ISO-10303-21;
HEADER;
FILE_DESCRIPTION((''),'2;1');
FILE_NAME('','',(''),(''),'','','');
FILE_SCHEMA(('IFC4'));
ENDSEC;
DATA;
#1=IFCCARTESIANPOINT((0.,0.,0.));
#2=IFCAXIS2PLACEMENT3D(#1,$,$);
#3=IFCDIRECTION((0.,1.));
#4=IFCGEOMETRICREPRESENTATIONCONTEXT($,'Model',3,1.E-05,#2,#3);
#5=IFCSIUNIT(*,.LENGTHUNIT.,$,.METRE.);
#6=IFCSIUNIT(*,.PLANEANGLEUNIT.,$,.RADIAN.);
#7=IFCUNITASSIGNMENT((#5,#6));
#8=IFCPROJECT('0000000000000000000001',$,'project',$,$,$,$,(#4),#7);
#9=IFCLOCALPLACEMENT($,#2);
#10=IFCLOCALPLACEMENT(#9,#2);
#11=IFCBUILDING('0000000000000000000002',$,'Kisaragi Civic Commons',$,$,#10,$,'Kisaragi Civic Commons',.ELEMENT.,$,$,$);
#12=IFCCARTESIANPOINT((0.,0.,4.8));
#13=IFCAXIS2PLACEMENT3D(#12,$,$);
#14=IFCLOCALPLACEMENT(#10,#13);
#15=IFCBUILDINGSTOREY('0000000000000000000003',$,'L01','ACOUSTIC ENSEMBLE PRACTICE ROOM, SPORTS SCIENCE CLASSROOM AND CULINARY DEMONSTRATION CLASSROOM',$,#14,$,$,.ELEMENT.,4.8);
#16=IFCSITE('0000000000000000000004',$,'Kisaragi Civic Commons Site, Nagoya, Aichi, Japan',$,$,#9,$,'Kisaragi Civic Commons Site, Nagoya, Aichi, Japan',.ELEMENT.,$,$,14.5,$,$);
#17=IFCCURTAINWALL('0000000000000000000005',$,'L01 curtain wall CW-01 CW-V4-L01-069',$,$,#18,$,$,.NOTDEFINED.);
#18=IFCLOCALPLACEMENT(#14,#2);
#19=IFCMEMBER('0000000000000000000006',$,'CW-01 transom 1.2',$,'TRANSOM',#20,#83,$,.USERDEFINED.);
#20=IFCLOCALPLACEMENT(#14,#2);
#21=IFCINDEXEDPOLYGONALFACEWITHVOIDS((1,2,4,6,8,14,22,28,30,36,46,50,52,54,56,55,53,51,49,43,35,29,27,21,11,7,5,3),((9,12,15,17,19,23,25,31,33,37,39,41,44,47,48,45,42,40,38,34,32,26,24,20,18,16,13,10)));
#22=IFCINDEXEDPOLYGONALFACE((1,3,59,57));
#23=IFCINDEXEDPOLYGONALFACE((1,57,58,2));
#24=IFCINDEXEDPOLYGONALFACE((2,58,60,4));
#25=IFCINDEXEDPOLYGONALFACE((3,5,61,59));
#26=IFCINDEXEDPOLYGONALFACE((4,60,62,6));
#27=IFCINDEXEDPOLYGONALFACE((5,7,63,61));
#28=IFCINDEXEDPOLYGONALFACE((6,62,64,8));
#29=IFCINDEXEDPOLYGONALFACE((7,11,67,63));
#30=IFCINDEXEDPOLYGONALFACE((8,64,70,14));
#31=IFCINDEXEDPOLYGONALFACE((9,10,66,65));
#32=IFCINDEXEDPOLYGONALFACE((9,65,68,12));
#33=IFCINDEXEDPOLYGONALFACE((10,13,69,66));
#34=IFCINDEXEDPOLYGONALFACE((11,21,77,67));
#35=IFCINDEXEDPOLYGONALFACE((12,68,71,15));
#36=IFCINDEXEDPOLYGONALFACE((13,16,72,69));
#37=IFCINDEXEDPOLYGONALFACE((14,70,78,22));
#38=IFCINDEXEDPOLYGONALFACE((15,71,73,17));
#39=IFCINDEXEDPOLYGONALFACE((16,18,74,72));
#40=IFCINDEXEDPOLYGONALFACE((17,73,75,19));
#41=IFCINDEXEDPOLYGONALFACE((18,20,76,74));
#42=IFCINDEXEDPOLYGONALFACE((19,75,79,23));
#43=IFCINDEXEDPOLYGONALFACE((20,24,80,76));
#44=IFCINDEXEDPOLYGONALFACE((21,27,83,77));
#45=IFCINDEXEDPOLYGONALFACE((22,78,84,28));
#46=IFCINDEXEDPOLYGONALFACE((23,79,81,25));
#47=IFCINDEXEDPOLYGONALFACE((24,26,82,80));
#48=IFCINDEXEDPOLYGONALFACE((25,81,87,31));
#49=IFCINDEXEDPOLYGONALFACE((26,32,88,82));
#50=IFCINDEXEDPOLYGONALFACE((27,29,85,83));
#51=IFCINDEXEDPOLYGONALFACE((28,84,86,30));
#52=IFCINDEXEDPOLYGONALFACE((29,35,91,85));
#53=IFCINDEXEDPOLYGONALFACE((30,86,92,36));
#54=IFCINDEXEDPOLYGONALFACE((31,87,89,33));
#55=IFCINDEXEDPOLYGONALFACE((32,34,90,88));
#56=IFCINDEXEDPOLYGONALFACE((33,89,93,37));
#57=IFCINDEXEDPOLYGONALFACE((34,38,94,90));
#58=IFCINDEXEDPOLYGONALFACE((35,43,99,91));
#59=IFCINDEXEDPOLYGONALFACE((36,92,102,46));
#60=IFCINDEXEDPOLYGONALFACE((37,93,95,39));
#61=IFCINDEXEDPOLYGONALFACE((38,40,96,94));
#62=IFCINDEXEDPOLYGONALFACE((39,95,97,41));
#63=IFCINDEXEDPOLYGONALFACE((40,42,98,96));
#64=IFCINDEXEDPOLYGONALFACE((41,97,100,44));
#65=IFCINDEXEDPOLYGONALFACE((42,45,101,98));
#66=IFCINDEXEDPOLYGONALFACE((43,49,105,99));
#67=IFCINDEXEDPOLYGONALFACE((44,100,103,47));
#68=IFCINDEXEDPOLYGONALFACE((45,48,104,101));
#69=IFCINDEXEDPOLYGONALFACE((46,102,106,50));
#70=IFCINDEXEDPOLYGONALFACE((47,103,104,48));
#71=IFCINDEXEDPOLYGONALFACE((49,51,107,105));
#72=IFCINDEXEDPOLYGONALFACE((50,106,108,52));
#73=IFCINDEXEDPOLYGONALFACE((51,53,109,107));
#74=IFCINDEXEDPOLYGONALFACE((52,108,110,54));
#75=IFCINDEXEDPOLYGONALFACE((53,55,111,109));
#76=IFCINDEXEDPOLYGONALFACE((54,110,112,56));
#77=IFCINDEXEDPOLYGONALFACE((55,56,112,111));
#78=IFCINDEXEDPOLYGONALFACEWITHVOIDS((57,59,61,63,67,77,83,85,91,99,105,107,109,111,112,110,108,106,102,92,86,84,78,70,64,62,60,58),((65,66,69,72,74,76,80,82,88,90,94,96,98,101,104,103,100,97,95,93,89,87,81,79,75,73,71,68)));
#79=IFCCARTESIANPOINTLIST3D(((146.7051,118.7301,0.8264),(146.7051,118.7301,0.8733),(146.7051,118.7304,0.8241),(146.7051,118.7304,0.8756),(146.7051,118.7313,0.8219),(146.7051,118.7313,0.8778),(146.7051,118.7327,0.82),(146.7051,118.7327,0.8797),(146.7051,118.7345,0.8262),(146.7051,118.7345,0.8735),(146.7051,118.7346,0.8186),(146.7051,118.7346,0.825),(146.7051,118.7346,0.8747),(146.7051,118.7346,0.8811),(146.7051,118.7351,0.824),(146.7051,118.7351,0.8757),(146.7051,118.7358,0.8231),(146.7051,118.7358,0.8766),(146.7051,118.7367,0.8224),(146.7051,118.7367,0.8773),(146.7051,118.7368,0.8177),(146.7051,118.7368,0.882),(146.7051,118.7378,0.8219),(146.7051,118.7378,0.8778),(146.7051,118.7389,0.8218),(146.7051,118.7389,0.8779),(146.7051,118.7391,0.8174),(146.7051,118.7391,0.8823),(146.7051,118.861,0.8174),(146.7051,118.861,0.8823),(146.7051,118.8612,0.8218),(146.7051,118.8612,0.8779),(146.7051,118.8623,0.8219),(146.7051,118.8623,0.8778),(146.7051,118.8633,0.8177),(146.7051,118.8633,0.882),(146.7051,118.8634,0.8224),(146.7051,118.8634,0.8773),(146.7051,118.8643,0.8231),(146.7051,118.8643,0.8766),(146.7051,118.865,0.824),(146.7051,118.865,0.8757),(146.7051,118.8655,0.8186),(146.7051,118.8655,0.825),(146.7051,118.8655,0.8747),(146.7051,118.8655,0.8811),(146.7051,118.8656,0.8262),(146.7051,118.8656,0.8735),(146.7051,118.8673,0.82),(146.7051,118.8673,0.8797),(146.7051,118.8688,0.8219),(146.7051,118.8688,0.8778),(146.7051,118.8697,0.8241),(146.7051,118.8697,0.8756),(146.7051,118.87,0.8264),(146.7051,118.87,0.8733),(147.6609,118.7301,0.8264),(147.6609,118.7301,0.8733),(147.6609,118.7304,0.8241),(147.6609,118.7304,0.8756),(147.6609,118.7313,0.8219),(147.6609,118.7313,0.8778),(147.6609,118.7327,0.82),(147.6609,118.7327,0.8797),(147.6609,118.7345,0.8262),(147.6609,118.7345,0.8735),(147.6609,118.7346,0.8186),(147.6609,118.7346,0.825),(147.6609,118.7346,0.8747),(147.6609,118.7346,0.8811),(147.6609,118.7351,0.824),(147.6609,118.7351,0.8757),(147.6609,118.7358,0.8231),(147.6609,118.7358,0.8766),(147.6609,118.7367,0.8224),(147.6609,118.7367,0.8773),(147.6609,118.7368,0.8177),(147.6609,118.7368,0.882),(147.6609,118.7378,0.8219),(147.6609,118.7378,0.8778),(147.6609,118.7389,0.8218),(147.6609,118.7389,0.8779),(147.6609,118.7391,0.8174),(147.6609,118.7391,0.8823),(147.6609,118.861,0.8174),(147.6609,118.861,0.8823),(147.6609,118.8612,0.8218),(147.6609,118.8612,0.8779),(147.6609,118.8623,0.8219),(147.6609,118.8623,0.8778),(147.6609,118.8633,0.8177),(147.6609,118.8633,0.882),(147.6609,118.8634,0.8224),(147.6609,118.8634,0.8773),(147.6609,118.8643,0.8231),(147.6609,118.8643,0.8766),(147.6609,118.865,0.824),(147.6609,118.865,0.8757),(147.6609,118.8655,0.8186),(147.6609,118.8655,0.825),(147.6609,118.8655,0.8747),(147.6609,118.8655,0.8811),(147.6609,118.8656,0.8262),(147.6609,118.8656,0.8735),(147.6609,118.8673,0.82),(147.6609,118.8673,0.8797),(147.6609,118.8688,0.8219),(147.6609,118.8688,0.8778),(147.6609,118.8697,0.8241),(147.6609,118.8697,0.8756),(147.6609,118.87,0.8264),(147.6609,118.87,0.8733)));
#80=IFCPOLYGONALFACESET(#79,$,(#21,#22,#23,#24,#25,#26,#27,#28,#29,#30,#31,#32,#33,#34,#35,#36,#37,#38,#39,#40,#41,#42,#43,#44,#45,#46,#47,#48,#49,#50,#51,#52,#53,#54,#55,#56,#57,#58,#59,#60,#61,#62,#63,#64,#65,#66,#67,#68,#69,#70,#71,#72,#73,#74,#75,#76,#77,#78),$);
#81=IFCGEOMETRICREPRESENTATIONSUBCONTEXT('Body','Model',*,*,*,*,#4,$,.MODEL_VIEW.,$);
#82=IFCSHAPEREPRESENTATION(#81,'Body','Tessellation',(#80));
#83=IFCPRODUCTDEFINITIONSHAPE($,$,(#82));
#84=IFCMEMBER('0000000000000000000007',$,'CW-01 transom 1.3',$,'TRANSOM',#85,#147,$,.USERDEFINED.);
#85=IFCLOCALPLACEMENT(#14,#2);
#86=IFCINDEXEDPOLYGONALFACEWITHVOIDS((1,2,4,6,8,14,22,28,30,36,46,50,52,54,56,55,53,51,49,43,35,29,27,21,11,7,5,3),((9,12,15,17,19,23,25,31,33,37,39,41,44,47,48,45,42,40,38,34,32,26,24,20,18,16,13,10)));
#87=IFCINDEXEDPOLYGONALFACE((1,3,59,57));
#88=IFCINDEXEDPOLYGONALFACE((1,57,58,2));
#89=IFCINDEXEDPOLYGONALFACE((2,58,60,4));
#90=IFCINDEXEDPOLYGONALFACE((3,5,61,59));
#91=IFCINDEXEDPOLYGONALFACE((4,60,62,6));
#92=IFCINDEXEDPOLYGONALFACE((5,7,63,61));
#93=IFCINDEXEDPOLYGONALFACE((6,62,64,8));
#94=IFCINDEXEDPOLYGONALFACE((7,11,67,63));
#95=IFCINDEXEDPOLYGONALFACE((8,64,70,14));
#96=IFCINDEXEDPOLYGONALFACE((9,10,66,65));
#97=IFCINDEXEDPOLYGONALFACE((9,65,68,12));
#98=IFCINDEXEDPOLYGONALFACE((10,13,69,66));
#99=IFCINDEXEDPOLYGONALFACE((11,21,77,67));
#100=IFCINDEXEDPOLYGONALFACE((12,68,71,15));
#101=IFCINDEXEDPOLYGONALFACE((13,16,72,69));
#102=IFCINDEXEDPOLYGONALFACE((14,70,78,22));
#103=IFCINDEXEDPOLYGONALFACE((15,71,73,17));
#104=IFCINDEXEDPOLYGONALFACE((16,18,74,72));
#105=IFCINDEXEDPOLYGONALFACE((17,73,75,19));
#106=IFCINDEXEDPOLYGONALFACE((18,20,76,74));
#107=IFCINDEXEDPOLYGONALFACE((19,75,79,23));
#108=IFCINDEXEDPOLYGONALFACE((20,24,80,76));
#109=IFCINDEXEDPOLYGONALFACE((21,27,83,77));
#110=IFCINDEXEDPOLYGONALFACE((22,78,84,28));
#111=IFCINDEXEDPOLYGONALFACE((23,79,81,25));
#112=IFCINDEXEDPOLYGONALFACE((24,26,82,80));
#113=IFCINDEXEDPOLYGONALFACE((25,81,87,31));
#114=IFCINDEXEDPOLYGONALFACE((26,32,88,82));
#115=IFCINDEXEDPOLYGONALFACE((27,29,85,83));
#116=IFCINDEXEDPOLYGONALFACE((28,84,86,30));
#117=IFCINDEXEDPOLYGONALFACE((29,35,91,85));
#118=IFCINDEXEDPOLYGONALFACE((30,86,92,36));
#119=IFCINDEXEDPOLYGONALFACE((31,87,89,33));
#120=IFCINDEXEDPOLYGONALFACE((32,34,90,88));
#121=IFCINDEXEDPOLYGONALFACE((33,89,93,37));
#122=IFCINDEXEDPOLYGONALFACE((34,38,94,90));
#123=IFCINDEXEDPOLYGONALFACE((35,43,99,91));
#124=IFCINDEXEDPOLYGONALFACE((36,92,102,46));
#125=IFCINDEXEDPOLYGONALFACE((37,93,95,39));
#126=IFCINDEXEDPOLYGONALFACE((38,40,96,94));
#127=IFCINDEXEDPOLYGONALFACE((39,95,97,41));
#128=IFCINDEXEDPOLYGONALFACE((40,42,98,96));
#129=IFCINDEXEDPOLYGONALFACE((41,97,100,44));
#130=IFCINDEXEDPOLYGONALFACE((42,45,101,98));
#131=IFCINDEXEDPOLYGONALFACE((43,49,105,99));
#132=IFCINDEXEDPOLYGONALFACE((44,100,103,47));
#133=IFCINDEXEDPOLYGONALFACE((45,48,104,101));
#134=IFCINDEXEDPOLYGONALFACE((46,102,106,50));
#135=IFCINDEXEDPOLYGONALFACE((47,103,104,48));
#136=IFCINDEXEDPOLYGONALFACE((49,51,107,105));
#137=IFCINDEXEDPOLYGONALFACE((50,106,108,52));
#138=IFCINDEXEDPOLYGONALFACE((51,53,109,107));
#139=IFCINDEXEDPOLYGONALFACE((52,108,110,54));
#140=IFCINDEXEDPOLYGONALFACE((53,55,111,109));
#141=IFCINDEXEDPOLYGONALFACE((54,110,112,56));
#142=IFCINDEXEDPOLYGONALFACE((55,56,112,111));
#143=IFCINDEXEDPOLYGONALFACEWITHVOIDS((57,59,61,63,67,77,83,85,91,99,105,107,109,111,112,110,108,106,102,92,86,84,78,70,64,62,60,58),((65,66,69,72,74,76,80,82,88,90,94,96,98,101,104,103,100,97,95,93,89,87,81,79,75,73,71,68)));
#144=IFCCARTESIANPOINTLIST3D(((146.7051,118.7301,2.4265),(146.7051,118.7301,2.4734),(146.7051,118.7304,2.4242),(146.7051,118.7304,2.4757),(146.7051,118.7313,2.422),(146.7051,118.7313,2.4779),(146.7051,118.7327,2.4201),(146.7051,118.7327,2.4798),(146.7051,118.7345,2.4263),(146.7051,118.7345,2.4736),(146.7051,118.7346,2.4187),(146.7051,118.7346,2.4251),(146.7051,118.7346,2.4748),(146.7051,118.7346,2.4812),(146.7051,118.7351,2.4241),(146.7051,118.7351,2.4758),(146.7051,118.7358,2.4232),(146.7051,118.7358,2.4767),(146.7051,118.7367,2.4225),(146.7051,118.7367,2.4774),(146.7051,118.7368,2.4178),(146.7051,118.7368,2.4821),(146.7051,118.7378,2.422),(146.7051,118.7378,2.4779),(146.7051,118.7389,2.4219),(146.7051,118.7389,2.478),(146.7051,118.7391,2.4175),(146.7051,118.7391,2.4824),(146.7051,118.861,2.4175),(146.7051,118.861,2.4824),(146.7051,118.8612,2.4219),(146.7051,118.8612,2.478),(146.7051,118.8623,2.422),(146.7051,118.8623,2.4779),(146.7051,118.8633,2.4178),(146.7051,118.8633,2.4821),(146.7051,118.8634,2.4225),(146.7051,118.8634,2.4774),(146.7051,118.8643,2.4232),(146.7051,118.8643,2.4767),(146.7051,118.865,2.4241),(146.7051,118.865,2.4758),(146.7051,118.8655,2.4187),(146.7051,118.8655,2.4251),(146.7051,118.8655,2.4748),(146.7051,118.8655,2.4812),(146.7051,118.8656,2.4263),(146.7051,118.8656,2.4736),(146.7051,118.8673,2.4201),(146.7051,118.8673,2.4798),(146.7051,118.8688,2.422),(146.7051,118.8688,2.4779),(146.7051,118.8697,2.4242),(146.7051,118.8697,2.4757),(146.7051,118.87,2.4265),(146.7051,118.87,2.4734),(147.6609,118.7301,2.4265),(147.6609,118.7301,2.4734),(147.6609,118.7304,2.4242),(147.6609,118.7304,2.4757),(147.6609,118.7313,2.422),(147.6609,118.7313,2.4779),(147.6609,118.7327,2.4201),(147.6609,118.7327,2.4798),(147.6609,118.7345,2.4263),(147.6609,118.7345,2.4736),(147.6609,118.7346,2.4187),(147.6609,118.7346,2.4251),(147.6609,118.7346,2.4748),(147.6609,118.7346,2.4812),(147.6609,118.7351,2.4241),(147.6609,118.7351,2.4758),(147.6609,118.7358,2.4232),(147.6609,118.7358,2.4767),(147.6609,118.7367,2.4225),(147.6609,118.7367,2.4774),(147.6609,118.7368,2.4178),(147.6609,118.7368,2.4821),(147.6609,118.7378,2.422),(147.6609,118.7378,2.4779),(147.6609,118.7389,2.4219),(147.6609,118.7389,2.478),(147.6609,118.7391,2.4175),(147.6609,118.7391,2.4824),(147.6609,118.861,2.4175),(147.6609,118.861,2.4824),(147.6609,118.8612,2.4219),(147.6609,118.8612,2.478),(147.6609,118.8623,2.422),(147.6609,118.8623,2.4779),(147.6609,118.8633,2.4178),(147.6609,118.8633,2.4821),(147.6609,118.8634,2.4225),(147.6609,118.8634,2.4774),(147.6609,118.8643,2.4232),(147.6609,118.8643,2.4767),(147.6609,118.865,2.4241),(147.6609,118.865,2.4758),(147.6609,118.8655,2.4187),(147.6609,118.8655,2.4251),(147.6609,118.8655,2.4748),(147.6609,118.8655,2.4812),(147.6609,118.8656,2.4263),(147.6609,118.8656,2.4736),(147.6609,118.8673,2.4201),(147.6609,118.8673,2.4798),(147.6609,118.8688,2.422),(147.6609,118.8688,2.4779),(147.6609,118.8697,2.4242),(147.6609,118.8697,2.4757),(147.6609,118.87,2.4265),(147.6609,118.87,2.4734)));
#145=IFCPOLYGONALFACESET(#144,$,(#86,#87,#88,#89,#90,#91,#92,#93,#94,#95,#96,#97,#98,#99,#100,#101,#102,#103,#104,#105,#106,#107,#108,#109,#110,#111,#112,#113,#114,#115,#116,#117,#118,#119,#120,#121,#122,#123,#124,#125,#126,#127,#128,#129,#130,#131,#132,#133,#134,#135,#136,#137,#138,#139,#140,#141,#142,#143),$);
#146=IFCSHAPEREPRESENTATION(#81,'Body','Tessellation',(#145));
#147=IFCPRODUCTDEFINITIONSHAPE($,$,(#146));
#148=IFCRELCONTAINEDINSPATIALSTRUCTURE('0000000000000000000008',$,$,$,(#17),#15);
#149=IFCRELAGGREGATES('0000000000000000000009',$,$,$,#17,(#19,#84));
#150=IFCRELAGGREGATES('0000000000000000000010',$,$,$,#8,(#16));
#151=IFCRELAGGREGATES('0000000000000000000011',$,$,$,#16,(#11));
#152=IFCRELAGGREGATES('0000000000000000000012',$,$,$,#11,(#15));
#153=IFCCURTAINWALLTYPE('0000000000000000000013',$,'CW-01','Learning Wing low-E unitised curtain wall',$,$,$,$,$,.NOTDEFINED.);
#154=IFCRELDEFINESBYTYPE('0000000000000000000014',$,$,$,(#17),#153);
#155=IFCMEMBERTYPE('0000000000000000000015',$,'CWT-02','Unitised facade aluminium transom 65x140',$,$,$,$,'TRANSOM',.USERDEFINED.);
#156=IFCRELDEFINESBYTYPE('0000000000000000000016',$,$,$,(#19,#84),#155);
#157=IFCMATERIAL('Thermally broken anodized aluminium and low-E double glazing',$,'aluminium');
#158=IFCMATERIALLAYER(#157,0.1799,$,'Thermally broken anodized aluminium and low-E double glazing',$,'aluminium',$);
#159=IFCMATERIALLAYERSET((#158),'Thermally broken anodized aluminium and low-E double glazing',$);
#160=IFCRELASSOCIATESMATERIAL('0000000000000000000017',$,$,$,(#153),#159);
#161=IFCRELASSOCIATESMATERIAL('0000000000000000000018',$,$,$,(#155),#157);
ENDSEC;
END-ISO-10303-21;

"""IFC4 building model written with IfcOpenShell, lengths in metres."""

from ifc_helpers import new_model, si_unit, direction, frame, origin, origin_2d, place, context, subcontext, project, spatial, hollow_rectangle, extrude, material, layer, layer_set, material_profile, profile_set, type_object, element, aggregate, save


model = new_model("IFC4")

# Units and contexts
model_context = context("Model", 3, precision=1e-05, world=origin(), true_north=direction((0.0, 1.0)))
body_context = subcontext(model_context, "Body", "Model", "MODEL_VIEW")
ifc_project = project(units=[si_unit("LENGTHUNIT", "METRE"), si_unit("PLANEANGLEUNIT", "RADIAN")], contexts=[model_context])

# Site, building, storey
site_placement = place(None, origin())
site = spatial("IfcSite", under=ifc_project, at=site_placement, Name="Kisaragi Civic Commons Site, Nagoya, Aichi, Japan", LongName="Kisaragi Civic Commons Site, Nagoya, Aichi, Japan", CompositionType="ELEMENT", RefElevation=14.5)
building_placement = place(site_placement, origin())
building = spatial("IfcBuilding", under=site, at=building_placement, Name="Kisaragi Civic Commons", LongName="Kisaragi Civic Commons", CompositionType="ELEMENT")
storey_placement = place(building_placement, frame((0.0, 0.0, 4.8)))
storey = spatial("IfcBuildingStorey", under=building, at=storey_placement, Name="L01", Description="ACOUSTIC ENSEMBLE PRACTICE ROOM, SPORTS SCIENCE CLASSROOM AND CULINARY DEMONSTRATION CLASSROOM", CompositionType="ELEMENT", Elevation=4.8)

# Curtain wall
ifc_material_1 = material(Name="Thermally broken anodized aluminium and low-E double glazing", Category="aluminium")
ifc_layer_1 = layer(ifc_material_1, 0.1799, Name="Thermally broken anodized aluminium and low-E double glazing", Category="aluminium")
ifc_layer_set_1 = layer_set([ifc_layer_1], Name="Thermally broken anodized aluminium and low-E double glazing")
curtain_wall_type = type_object("IfcCurtainWallType", Name="CW-01", Description="Learning Wing low-E unitised curtain wall", PredefinedType="NOTDEFINED", material=ifc_layer_set_1)
curtain_wall_1_placement = place(storey_placement, origin())
curtain_wall_1 = element("IfcCurtainWall", 1, at=curtain_wall_1_placement, inside=storey, type_object=curtain_wall_type, Name="L01 curtain wall CW-01 CW-V4-L01-069", PredefinedType="NOTDEFINED")

# Members
ifc_material_profile_1 = material_profile(ifc_material_1, hollow_rectangle(XDim=0.1399, YDim=0.0649, WallThickness=0.0044, InnerFilletRadius=0.0044, OuterFilletRadius=0.009, at=origin_2d()), Name="CWT-65x140x4.5", Category="aluminium")
ifc_profile_set_1 = profile_set([ifc_material_profile_1], Name="Thermally broken anodized aluminium and low-E double glazing")
member_type_1 = type_object("IfcMemberType", Name="CWT-02", Description="Unitised facade aluminium transom 65x140", ElementType="TRANSOM", PredefinedType="USERDEFINED", material=ifc_profile_set_1)
member_1_placement = place(storey_placement, frame((146.7051, 118.8, 0.8499), z_axis=(1.0, 0.0, 0.0), x_axis=(0.0, 1.0, 0.0)))
member_1 = element("IfcMember", 2, at=member_1_placement, type_object=member_type_1, Name="CW-01 transom 1.2", ObjectType="TRANSOM", PredefinedType="USERDEFINED", context=body_context, shape_type="SweptSolid", body=[
    extrude(hollow_rectangle(XDim=0.1399, YDim=0.0649, WallThickness=0.0044, InnerFilletRadius=0.0044, OuterFilletRadius=0.009, at=origin_2d()), origin(), (0.0, 0.0, 1.0), 0.9558),
])
member_2_placement = place(storey_placement, frame((146.7051, 118.8, 2.45), z_axis=(1.0, 0.0, 0.0), x_axis=(0.0, 1.0, 0.0)))
member_2 = element("IfcMember", 3, at=member_2_placement, type_object=member_type_1, Name="CW-01 transom 1.3", ObjectType="TRANSOM", PredefinedType="USERDEFINED", context=body_context, shape_type="SweptSolid", body=[
    extrude(hollow_rectangle(XDim=0.1399, YDim=0.0649, WallThickness=0.0044, InnerFilletRadius=0.0044, OuterFilletRadius=0.009, at=origin_2d()), origin(), (0.0, 0.0, 1.0), 0.9558),
])

aggregate(curtain_wall_1, [member_1, member_2])

save(model, "model.ifc")
